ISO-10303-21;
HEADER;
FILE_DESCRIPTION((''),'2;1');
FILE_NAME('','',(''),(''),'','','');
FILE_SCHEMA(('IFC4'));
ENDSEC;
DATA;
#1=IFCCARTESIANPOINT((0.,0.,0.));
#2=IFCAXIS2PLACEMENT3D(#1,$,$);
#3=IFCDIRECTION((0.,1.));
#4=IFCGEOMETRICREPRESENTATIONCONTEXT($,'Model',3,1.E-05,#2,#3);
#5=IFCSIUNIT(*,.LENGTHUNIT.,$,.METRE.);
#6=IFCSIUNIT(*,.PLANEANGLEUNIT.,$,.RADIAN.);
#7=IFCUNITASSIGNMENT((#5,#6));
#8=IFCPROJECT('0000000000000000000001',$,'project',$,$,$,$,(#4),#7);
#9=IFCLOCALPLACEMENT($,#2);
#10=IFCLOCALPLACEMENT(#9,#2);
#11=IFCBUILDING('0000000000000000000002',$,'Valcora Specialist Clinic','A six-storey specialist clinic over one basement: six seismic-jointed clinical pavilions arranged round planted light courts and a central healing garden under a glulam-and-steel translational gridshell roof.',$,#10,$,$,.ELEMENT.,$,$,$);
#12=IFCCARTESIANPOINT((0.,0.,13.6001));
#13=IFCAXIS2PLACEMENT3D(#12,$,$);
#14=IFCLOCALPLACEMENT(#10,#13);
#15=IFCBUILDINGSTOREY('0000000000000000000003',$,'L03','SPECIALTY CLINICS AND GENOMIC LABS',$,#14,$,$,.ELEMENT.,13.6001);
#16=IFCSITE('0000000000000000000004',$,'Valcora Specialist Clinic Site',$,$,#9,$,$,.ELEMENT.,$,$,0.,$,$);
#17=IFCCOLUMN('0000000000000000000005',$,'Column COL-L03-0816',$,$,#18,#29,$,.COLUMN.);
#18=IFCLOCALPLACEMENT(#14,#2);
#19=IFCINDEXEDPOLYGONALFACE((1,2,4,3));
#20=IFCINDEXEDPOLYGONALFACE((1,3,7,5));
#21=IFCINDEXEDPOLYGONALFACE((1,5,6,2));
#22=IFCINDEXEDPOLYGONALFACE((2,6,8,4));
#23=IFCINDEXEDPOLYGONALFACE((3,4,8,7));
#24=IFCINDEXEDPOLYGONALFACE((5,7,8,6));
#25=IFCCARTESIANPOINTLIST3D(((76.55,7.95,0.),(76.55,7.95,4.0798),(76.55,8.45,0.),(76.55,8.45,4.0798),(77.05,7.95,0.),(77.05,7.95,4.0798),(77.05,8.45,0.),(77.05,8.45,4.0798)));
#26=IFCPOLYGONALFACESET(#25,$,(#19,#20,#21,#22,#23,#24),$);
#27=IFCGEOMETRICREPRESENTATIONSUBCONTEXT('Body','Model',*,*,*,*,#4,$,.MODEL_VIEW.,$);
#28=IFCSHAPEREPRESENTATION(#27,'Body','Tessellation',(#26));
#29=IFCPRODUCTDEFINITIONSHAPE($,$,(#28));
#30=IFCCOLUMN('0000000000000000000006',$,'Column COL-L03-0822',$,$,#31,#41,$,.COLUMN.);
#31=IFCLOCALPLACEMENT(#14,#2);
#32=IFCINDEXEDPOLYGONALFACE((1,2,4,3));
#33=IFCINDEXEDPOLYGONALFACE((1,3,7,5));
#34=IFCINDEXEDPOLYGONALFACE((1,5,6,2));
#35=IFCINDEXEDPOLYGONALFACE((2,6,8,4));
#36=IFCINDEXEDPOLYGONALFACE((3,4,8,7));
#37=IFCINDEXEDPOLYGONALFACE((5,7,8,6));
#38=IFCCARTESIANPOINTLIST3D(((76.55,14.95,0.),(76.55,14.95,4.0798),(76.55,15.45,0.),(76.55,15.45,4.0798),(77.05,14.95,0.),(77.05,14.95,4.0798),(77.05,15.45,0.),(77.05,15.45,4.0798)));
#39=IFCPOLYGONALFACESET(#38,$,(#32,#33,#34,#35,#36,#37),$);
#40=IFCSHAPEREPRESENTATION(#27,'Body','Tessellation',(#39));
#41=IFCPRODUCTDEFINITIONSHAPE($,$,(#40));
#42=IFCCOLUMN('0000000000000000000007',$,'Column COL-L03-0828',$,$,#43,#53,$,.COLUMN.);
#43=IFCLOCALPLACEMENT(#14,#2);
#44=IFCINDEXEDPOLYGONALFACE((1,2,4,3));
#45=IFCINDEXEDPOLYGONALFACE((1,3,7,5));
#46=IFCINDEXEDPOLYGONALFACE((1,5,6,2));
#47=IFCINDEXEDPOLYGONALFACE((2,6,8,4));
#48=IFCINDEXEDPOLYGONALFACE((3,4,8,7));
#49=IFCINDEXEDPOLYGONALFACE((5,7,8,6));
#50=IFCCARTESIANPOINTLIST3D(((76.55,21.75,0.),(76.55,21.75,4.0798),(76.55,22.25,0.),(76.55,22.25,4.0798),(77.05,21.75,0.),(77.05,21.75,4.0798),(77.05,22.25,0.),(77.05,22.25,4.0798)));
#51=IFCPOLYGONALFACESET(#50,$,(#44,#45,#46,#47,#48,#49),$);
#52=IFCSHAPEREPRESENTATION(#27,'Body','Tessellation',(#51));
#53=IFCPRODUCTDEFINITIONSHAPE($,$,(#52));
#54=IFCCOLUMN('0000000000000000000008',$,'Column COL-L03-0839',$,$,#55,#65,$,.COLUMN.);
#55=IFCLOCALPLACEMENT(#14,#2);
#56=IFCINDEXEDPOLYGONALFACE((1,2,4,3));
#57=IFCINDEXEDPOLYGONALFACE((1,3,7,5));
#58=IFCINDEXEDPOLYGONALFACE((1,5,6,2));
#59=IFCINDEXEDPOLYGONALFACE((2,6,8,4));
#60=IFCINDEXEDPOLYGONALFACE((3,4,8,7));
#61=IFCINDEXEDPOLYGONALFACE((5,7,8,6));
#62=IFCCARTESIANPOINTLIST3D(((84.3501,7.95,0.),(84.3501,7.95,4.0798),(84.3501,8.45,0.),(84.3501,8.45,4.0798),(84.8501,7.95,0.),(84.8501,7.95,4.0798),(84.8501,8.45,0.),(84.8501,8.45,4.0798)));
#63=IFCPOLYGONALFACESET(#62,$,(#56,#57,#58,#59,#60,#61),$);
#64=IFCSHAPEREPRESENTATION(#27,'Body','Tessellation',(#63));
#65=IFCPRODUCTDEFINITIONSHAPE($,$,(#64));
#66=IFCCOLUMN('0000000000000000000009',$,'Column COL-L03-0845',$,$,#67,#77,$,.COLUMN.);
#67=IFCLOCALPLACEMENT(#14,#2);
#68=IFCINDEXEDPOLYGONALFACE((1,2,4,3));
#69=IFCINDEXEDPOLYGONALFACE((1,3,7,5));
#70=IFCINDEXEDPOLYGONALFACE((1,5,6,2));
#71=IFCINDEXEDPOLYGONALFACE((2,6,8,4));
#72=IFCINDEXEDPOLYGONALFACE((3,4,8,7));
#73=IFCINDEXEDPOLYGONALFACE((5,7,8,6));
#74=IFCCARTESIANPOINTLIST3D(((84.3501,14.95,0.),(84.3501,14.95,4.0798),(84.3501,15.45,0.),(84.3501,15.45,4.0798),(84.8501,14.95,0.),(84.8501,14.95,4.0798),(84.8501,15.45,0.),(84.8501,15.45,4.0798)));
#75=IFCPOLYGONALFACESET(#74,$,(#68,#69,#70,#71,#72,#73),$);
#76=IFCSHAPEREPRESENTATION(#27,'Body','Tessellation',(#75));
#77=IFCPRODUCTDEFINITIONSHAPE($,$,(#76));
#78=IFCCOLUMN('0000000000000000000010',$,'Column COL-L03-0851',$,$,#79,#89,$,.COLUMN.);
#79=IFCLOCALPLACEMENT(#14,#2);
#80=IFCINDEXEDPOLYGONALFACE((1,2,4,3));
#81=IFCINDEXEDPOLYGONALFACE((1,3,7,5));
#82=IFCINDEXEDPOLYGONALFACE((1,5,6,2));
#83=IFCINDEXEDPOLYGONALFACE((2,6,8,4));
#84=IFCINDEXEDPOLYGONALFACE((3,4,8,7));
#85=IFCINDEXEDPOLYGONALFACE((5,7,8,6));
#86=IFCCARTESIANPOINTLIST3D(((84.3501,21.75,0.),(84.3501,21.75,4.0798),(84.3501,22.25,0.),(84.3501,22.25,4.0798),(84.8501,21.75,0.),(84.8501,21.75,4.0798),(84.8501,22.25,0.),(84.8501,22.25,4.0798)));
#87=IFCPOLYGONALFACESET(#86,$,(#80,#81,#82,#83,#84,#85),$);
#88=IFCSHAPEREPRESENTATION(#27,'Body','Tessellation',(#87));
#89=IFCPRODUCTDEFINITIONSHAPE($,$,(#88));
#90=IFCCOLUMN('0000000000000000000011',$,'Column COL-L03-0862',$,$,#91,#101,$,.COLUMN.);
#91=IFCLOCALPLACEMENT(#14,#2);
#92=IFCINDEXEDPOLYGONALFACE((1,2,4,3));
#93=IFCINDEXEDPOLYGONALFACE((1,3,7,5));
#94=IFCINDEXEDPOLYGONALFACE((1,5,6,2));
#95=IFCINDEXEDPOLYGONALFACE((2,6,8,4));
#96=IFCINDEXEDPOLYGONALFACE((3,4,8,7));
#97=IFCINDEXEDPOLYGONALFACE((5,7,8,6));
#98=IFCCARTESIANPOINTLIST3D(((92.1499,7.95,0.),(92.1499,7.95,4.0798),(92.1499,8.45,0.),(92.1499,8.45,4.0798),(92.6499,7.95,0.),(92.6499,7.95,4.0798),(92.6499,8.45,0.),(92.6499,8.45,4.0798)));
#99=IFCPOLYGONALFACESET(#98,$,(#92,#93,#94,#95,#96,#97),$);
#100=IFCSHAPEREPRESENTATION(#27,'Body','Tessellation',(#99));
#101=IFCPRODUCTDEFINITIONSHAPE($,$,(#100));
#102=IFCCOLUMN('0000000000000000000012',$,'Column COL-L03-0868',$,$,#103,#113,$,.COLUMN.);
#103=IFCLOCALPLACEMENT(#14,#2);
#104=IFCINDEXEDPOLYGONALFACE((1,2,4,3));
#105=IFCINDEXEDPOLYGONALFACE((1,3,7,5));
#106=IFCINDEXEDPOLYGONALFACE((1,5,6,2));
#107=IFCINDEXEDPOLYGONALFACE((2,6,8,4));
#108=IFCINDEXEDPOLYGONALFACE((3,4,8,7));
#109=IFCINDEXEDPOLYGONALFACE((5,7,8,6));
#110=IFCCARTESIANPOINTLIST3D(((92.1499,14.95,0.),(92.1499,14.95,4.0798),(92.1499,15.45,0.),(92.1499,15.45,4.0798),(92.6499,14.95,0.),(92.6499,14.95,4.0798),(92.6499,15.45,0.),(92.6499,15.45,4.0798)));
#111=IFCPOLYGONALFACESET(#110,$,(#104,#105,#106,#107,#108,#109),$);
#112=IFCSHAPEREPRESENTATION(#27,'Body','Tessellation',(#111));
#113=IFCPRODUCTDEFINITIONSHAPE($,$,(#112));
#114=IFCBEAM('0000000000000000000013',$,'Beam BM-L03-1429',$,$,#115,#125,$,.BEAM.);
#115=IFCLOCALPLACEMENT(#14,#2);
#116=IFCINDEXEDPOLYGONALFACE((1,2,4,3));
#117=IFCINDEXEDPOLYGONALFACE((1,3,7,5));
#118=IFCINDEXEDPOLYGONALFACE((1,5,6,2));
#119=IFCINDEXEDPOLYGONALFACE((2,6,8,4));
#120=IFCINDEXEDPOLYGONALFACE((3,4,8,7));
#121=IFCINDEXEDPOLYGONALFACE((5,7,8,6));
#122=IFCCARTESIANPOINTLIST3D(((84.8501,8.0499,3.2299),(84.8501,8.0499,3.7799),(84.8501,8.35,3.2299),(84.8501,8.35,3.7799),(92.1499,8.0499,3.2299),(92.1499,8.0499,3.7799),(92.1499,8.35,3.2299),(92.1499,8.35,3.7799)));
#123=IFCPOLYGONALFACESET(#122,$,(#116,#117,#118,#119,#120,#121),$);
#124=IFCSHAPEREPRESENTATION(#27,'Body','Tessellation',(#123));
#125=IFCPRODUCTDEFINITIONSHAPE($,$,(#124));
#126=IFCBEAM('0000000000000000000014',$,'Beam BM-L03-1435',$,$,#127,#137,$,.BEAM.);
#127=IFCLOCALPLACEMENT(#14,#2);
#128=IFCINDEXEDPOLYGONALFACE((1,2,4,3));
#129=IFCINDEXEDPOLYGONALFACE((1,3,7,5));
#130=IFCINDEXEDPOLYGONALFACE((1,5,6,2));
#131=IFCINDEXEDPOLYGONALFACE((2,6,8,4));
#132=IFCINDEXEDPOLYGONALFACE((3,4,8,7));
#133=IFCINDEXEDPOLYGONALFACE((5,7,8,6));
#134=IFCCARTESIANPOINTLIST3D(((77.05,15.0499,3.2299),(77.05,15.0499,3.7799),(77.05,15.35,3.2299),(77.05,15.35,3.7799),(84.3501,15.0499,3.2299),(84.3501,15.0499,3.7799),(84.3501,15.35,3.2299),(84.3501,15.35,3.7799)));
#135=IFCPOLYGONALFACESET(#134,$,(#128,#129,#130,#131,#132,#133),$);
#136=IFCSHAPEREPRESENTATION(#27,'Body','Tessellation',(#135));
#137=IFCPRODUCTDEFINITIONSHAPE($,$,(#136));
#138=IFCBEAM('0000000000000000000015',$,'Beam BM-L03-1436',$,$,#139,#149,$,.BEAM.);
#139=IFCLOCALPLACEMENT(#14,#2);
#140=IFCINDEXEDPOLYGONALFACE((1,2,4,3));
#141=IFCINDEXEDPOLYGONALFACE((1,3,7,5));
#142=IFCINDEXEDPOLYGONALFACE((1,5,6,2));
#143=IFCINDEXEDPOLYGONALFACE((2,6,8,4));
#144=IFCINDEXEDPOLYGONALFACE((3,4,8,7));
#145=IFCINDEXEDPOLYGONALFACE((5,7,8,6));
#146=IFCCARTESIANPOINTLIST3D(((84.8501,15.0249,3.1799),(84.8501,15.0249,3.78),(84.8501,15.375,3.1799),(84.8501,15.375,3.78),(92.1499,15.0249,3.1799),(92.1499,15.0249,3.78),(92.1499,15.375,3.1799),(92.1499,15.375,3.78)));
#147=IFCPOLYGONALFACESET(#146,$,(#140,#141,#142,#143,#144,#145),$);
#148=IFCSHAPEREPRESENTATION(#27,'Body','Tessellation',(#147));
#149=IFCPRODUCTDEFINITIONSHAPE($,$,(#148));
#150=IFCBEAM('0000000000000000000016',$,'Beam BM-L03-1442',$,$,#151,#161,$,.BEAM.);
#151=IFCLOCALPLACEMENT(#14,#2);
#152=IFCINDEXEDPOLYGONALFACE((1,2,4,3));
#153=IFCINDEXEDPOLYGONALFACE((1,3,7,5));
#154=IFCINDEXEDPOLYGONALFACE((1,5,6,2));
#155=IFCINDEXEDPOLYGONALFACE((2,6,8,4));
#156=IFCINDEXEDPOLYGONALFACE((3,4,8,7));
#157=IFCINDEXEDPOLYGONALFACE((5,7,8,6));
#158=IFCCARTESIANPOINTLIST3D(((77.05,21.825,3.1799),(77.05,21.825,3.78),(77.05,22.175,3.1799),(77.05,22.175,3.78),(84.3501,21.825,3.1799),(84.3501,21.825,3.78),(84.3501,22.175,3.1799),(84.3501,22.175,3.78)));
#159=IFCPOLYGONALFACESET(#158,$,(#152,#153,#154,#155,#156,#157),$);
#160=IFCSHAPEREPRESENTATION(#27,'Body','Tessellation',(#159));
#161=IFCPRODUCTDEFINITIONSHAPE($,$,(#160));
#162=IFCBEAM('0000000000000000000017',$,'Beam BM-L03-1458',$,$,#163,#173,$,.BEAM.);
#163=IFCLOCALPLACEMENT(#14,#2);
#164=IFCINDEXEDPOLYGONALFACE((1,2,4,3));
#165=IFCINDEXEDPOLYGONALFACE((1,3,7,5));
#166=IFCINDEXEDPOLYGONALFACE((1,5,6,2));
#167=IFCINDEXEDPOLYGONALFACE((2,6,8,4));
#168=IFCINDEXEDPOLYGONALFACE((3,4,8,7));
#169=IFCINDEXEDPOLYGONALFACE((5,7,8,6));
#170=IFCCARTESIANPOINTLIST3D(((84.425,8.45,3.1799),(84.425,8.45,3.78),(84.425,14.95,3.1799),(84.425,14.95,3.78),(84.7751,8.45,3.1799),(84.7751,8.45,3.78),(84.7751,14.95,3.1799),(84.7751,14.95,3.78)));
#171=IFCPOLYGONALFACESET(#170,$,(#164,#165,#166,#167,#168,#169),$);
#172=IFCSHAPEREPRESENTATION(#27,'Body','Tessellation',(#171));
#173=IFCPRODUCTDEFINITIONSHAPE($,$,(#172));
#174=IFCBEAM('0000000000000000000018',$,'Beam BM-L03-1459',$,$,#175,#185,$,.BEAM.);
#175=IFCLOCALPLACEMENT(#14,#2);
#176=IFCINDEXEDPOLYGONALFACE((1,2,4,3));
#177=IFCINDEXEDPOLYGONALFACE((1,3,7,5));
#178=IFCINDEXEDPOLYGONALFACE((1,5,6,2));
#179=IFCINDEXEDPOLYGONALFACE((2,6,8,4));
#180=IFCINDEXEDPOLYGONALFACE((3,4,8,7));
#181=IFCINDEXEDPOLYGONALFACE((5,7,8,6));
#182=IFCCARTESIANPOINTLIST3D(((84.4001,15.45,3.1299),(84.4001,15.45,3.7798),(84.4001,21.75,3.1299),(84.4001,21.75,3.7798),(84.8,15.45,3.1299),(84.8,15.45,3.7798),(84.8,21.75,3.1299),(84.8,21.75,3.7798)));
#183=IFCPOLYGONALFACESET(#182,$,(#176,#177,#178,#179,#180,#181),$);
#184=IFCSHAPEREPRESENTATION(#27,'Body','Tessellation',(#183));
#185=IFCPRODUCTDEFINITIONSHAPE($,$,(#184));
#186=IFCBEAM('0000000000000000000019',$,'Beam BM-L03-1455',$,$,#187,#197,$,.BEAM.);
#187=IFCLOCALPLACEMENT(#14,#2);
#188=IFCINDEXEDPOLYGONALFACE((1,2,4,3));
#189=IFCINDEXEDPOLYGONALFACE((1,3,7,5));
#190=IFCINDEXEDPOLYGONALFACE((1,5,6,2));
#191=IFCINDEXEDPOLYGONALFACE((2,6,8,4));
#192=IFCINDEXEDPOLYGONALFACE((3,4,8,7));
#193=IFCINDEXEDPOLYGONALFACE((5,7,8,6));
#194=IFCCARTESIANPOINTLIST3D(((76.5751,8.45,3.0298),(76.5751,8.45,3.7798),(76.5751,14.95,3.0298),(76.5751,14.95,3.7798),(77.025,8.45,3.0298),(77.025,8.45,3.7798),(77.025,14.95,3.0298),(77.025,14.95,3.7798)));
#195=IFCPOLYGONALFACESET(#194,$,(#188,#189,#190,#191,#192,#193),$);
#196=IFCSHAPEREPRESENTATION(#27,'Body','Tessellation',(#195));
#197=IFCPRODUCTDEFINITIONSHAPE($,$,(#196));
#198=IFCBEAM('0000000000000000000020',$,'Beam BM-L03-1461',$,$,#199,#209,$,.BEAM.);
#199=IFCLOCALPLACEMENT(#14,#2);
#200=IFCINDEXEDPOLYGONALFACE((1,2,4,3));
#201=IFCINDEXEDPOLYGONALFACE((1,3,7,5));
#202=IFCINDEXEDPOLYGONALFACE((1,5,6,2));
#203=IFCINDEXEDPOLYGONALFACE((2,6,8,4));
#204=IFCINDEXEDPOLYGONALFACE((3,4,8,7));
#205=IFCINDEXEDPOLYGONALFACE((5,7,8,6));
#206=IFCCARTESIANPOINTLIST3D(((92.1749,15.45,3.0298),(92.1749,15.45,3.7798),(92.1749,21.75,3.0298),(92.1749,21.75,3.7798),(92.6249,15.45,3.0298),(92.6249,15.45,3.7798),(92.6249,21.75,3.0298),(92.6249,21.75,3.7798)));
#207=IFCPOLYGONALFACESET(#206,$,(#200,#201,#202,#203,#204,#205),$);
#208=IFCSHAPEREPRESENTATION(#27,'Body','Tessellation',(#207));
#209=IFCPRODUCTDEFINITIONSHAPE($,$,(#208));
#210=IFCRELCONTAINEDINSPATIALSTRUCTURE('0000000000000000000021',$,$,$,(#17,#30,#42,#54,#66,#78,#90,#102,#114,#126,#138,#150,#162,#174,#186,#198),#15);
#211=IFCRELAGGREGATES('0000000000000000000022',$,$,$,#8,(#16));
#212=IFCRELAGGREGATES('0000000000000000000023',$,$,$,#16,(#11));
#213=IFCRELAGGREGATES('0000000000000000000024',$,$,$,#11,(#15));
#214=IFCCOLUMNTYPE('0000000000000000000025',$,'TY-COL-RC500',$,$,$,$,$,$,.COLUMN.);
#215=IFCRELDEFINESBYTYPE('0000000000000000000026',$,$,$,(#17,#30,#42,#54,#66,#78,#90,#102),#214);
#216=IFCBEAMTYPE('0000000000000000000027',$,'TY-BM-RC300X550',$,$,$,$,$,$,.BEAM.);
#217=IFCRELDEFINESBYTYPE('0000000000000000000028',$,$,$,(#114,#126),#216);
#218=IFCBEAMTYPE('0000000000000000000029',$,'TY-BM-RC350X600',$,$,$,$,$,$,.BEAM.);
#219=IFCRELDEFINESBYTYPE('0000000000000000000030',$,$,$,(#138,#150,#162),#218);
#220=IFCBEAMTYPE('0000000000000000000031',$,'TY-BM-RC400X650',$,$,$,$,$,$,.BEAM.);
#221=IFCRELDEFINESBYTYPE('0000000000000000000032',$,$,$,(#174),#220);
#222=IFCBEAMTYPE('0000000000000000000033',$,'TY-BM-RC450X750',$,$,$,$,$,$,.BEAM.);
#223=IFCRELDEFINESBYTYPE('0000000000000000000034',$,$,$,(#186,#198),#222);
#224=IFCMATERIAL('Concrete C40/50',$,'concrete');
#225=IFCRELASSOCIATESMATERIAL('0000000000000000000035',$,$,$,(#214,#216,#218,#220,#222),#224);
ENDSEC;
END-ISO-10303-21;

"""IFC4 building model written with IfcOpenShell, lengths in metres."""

from ifc_helpers import new_model, si_unit, direction, frame, origin, origin_2d, place, context, subcontext, project, spatial, rectangle, extrude, material, material_profile, profile_set, type_object, element, save


model = new_model("IFC4")

# Units and contexts
model_context = context("Model", 3, precision=1e-05, world=origin(), true_north=direction((0.0, 1.0)))
body_context = subcontext(model_context, "Body", "Model", "MODEL_VIEW")
ifc_project = project(units=[si_unit("LENGTHUNIT", "METRE"), si_unit("PLANEANGLEUNIT", "RADIAN")], contexts=[model_context])

# Site, building, storey
site_placement = place(None, origin())
site = spatial("IfcSite", under=ifc_project, at=site_placement, Name="Valcora Specialist Clinic Site", CompositionType="ELEMENT", RefElevation=0.0)
building_placement = place(site_placement, origin())
building = spatial("IfcBuilding", under=site, at=building_placement, Name="Valcora Specialist Clinic", Description="A six-storey specialist clinic over one basement: six seismic-jointed clinical pavilions arranged round planted light courts and a central healing garden under a glulam-and-steel translational gridshell roof.", CompositionType="ELEMENT")
storey_placement = place(building_placement, frame((0.0, 0.0, 13.6001)))
storey = spatial("IfcBuildingStorey", under=building, at=storey_placement, Name="L03", Description="SPECIALTY CLINICS AND GENOMIC LABS", CompositionType="ELEMENT", Elevation=13.6001)

# Columns
ifc_material_1 = material(Name="Concrete C40/50", Category="concrete")
ifc_material_profile_1 = material_profile(ifc_material_1, rectangle(XDim=0.5, YDim=0.5, at=origin_2d()), Name="RC-COL-500X500")
ifc_profile_set_1 = profile_set([ifc_material_profile_1], Name="Concrete C40/50")
column_type = type_object("IfcColumnType", Name="TY-COL-RC500", PredefinedType="COLUMN", material=ifc_profile_set_1)
for number, where, z_axis, x_axis, name in (
    (1, (76.8, 8.2, 0.0), (0.0, 0.0, 1.0), (1.0, 0.0, 0.0), "Column COL-L03-0816"),
    (2, (76.8, 15.2, 0.0), (0.0, 0.0, 1.0), (1.0, 0.0, 0.0), "Column COL-L03-0822"),
    (3, (76.8, 22.0, 0.0), (0.0, 0.0, 1.0), (1.0, 0.0, 0.0), "Column COL-L03-0828"),
    (4, (84.6001, 8.2, 0.0), (0.0, 0.0, 1.0), (1.0, 0.0, 0.0), "Column COL-L03-0839"),
    (5, (84.6001, 15.2, 0.0), (0.0, 0.0, 1.0), (1.0, 0.0, 0.0), "Column COL-L03-0845"),
    (6, (84.6001, 22.0, 0.0), (0.0, 0.0, 1.0), (1.0, 0.0, 0.0), "Column COL-L03-0851"),
    (7, (92.3999, 8.2, 0.0), (0.0, 0.0, 1.0), (1.0, 0.0, 0.0), "Column COL-L03-0862"),
    (8, (92.3999, 15.2, 0.0), (0.0, 0.0, 1.0), (1.0, 0.0, 0.0), "Column COL-L03-0868"),
):
    element("IfcColumn", number, at=place(storey_placement, frame(where, z_axis=z_axis, x_axis=x_axis)), inside=storey, type_object=column_type, Name=name, PredefinedType="COLUMN", context=body_context, shape_type="SweptSolid", body=[
        extrude(rectangle(XDim=0.5, YDim=0.5, at=origin_2d()), origin(), (0.0, 0.0, 1.0), 4.0798),
    ])

# Beams
ifc_material_profile_2 = material_profile(ifc_material_1, rectangle(XDim=0.3, YDim=0.55, at=origin_2d()), Name="RC-BM-300X550")
ifc_profile_set_2 = profile_set([ifc_material_profile_2], Name="Concrete C40/50")
beam_type_1 = type_object("IfcBeamType", Name="TY-BM-RC300X550", PredefinedType="BEAM", material=ifc_profile_set_2)
beam_1_placement = place(storey_placement, frame((84.8501, 8.2, 3.5049), z_axis=(1.0, 0.0, 0.0), x_axis=(0.0, 1.0, 0.0)))
element("IfcBeam", 9, at=beam_1_placement, inside=storey, type_object=beam_type_1, Name="Beam BM-L03-1429", PredefinedType="BEAM", context=body_context, shape_type="SweptSolid", body=[
    extrude(rectangle(XDim=0.3, YDim=0.55, at=origin_2d()), origin(), (0.0, 0.0, 1.0), 7.2998),
])
beam_2_placement = place(storey_placement, frame((77.05, 15.2, 3.5049), z_axis=(1.0, 0.0, 0.0), x_axis=(0.0, 1.0, 0.0)))
element("IfcBeam", 10, at=beam_2_placement, inside=storey, type_object=beam_type_1, Name="Beam BM-L03-1435", PredefinedType="BEAM", context=body_context, shape_type="SweptSolid", body=[
    extrude(rectangle(XDim=0.3, YDim=0.55, at=origin_2d()), origin(), (0.0, 0.0, 1.0), 7.3),
])
ifc_material_profile_3 = material_profile(ifc_material_1, rectangle(XDim=0.3501, YDim=0.6001, at=origin_2d()), Name="RC-BM-350X600")
ifc_profile_set_3 = profile_set([ifc_material_profile_3], Name="Concrete C40/50")
beam_type_2 = type_object("IfcBeamType", Name="TY-BM-RC350X600", PredefinedType="BEAM", material=ifc_profile_set_3)
beam_3_placement = place(storey_placement, frame((84.8501, 15.2, 3.48), z_axis=(1.0, 0.0, 0.0), x_axis=(0.0, 1.0, 0.0)))
element("IfcBeam", 11, at=beam_3_placement, inside=storey, type_object=beam_type_2, Name="Beam BM-L03-1436", PredefinedType="BEAM", context=body_context, shape_type="SweptSolid", body=[
    extrude(rectangle(XDim=0.3501, YDim=0.6001, at=origin_2d()), origin(), (0.0, 0.0, 1.0), 7.2998),
])
beam_4_placement = place(storey_placement, frame((77.05, 22.0, 3.48), z_axis=(1.0, 0.0, 0.0), x_axis=(0.0, 1.0, 0.0)))
element("IfcBeam", 12, at=beam_4_placement, inside=storey, type_object=beam_type_2, Name="Beam BM-L03-1442", PredefinedType="BEAM", context=body_context, shape_type="SweptSolid", body=[
    extrude(rectangle(XDim=0.3501, YDim=0.6001, at=origin_2d()), origin(), (0.0, 0.0, 1.0), 7.3),
])
beam_5_placement = place(storey_placement, frame((84.6001, 8.45, 3.48), z_axis=(0.0, 1.0, 0.0), x_axis=(-1.0, 0.0, 0.0)))
element("IfcBeam", 13, at=beam_5_placement, inside=storey, type_object=beam_type_2, Name="Beam BM-L03-1458", PredefinedType="BEAM", context=body_context, shape_type="SweptSolid", body=[
    extrude(rectangle(XDim=0.3501, YDim=0.6001, at=origin_2d()), origin(), (0.0, 0.0, 1.0), 6.5),
])
ifc_material_profile_4 = material_profile(ifc_material_1, rectangle(XDim=0.3999, YDim=0.6499, at=origin_2d()), Name="RC-BM-400X650")
ifc_profile_set_4 = profile_set([ifc_material_profile_4], Name="Concrete C40/50")
beam_type_3 = type_object("IfcBeamType", Name="TY-BM-RC400X650", PredefinedType="BEAM", material=ifc_profile_set_4)
beam_6_placement = place(storey_placement, frame((84.6001, 15.45, 3.4548), z_axis=(0.0, 1.0, 0.0), x_axis=(-1.0, 0.0, 0.0)))
element("IfcBeam", 14, at=beam_6_placement, inside=storey, type_object=beam_type_3, Name="Beam BM-L03-1459", PredefinedType="BEAM", context=body_context, shape_type="SweptSolid", body=[
    extrude(rectangle(XDim=0.3999, YDim=0.6499, at=origin_2d()), origin(), (0.0, 0.0, 1.0), 6.3),
])
ifc_material_profile_5 = material_profile(ifc_material_1, rectangle(XDim=0.45, YDim=0.75, at=origin_2d()), Name="RC-BM-450X750")
ifc_profile_set_5 = profile_set([ifc_material_profile_5], Name="Concrete C40/50")
beam_type_4 = type_object("IfcBeamType", Name="TY-BM-RC450X750", PredefinedType="BEAM", material=ifc_profile_set_5)
beam_7_placement = place(storey_placement, frame((76.8, 8.45, 3.4048), z_axis=(0.0, 1.0, 0.0), x_axis=(-1.0, 0.0, 0.0)))
element("IfcBeam", 15, at=beam_7_placement, inside=storey, type_object=beam_type_4, Name="Beam BM-L03-1455", PredefinedType="BEAM", context=body_context, shape_type="SweptSolid", body=[
    extrude(rectangle(XDim=0.45, YDim=0.75, at=origin_2d()), origin(), (0.0, 0.0, 1.0), 6.5),
])
beam_8_placement = place(storey_placement, frame((92.3999, 15.45, 3.4048), z_axis=(0.0, 1.0, 0.0), x_axis=(-1.0, 0.0, 0.0)))
element("IfcBeam", 16, at=beam_8_placement, inside=storey, type_object=beam_type_4, Name="Beam BM-L03-1461", PredefinedType="BEAM", context=body_context, shape_type="SweptSolid", body=[
    extrude(rectangle(XDim=0.45, YDim=0.75, at=origin_2d()), origin(), (0.0, 0.0, 1.0), 6.3),
])

save(model, "model.ifc")
